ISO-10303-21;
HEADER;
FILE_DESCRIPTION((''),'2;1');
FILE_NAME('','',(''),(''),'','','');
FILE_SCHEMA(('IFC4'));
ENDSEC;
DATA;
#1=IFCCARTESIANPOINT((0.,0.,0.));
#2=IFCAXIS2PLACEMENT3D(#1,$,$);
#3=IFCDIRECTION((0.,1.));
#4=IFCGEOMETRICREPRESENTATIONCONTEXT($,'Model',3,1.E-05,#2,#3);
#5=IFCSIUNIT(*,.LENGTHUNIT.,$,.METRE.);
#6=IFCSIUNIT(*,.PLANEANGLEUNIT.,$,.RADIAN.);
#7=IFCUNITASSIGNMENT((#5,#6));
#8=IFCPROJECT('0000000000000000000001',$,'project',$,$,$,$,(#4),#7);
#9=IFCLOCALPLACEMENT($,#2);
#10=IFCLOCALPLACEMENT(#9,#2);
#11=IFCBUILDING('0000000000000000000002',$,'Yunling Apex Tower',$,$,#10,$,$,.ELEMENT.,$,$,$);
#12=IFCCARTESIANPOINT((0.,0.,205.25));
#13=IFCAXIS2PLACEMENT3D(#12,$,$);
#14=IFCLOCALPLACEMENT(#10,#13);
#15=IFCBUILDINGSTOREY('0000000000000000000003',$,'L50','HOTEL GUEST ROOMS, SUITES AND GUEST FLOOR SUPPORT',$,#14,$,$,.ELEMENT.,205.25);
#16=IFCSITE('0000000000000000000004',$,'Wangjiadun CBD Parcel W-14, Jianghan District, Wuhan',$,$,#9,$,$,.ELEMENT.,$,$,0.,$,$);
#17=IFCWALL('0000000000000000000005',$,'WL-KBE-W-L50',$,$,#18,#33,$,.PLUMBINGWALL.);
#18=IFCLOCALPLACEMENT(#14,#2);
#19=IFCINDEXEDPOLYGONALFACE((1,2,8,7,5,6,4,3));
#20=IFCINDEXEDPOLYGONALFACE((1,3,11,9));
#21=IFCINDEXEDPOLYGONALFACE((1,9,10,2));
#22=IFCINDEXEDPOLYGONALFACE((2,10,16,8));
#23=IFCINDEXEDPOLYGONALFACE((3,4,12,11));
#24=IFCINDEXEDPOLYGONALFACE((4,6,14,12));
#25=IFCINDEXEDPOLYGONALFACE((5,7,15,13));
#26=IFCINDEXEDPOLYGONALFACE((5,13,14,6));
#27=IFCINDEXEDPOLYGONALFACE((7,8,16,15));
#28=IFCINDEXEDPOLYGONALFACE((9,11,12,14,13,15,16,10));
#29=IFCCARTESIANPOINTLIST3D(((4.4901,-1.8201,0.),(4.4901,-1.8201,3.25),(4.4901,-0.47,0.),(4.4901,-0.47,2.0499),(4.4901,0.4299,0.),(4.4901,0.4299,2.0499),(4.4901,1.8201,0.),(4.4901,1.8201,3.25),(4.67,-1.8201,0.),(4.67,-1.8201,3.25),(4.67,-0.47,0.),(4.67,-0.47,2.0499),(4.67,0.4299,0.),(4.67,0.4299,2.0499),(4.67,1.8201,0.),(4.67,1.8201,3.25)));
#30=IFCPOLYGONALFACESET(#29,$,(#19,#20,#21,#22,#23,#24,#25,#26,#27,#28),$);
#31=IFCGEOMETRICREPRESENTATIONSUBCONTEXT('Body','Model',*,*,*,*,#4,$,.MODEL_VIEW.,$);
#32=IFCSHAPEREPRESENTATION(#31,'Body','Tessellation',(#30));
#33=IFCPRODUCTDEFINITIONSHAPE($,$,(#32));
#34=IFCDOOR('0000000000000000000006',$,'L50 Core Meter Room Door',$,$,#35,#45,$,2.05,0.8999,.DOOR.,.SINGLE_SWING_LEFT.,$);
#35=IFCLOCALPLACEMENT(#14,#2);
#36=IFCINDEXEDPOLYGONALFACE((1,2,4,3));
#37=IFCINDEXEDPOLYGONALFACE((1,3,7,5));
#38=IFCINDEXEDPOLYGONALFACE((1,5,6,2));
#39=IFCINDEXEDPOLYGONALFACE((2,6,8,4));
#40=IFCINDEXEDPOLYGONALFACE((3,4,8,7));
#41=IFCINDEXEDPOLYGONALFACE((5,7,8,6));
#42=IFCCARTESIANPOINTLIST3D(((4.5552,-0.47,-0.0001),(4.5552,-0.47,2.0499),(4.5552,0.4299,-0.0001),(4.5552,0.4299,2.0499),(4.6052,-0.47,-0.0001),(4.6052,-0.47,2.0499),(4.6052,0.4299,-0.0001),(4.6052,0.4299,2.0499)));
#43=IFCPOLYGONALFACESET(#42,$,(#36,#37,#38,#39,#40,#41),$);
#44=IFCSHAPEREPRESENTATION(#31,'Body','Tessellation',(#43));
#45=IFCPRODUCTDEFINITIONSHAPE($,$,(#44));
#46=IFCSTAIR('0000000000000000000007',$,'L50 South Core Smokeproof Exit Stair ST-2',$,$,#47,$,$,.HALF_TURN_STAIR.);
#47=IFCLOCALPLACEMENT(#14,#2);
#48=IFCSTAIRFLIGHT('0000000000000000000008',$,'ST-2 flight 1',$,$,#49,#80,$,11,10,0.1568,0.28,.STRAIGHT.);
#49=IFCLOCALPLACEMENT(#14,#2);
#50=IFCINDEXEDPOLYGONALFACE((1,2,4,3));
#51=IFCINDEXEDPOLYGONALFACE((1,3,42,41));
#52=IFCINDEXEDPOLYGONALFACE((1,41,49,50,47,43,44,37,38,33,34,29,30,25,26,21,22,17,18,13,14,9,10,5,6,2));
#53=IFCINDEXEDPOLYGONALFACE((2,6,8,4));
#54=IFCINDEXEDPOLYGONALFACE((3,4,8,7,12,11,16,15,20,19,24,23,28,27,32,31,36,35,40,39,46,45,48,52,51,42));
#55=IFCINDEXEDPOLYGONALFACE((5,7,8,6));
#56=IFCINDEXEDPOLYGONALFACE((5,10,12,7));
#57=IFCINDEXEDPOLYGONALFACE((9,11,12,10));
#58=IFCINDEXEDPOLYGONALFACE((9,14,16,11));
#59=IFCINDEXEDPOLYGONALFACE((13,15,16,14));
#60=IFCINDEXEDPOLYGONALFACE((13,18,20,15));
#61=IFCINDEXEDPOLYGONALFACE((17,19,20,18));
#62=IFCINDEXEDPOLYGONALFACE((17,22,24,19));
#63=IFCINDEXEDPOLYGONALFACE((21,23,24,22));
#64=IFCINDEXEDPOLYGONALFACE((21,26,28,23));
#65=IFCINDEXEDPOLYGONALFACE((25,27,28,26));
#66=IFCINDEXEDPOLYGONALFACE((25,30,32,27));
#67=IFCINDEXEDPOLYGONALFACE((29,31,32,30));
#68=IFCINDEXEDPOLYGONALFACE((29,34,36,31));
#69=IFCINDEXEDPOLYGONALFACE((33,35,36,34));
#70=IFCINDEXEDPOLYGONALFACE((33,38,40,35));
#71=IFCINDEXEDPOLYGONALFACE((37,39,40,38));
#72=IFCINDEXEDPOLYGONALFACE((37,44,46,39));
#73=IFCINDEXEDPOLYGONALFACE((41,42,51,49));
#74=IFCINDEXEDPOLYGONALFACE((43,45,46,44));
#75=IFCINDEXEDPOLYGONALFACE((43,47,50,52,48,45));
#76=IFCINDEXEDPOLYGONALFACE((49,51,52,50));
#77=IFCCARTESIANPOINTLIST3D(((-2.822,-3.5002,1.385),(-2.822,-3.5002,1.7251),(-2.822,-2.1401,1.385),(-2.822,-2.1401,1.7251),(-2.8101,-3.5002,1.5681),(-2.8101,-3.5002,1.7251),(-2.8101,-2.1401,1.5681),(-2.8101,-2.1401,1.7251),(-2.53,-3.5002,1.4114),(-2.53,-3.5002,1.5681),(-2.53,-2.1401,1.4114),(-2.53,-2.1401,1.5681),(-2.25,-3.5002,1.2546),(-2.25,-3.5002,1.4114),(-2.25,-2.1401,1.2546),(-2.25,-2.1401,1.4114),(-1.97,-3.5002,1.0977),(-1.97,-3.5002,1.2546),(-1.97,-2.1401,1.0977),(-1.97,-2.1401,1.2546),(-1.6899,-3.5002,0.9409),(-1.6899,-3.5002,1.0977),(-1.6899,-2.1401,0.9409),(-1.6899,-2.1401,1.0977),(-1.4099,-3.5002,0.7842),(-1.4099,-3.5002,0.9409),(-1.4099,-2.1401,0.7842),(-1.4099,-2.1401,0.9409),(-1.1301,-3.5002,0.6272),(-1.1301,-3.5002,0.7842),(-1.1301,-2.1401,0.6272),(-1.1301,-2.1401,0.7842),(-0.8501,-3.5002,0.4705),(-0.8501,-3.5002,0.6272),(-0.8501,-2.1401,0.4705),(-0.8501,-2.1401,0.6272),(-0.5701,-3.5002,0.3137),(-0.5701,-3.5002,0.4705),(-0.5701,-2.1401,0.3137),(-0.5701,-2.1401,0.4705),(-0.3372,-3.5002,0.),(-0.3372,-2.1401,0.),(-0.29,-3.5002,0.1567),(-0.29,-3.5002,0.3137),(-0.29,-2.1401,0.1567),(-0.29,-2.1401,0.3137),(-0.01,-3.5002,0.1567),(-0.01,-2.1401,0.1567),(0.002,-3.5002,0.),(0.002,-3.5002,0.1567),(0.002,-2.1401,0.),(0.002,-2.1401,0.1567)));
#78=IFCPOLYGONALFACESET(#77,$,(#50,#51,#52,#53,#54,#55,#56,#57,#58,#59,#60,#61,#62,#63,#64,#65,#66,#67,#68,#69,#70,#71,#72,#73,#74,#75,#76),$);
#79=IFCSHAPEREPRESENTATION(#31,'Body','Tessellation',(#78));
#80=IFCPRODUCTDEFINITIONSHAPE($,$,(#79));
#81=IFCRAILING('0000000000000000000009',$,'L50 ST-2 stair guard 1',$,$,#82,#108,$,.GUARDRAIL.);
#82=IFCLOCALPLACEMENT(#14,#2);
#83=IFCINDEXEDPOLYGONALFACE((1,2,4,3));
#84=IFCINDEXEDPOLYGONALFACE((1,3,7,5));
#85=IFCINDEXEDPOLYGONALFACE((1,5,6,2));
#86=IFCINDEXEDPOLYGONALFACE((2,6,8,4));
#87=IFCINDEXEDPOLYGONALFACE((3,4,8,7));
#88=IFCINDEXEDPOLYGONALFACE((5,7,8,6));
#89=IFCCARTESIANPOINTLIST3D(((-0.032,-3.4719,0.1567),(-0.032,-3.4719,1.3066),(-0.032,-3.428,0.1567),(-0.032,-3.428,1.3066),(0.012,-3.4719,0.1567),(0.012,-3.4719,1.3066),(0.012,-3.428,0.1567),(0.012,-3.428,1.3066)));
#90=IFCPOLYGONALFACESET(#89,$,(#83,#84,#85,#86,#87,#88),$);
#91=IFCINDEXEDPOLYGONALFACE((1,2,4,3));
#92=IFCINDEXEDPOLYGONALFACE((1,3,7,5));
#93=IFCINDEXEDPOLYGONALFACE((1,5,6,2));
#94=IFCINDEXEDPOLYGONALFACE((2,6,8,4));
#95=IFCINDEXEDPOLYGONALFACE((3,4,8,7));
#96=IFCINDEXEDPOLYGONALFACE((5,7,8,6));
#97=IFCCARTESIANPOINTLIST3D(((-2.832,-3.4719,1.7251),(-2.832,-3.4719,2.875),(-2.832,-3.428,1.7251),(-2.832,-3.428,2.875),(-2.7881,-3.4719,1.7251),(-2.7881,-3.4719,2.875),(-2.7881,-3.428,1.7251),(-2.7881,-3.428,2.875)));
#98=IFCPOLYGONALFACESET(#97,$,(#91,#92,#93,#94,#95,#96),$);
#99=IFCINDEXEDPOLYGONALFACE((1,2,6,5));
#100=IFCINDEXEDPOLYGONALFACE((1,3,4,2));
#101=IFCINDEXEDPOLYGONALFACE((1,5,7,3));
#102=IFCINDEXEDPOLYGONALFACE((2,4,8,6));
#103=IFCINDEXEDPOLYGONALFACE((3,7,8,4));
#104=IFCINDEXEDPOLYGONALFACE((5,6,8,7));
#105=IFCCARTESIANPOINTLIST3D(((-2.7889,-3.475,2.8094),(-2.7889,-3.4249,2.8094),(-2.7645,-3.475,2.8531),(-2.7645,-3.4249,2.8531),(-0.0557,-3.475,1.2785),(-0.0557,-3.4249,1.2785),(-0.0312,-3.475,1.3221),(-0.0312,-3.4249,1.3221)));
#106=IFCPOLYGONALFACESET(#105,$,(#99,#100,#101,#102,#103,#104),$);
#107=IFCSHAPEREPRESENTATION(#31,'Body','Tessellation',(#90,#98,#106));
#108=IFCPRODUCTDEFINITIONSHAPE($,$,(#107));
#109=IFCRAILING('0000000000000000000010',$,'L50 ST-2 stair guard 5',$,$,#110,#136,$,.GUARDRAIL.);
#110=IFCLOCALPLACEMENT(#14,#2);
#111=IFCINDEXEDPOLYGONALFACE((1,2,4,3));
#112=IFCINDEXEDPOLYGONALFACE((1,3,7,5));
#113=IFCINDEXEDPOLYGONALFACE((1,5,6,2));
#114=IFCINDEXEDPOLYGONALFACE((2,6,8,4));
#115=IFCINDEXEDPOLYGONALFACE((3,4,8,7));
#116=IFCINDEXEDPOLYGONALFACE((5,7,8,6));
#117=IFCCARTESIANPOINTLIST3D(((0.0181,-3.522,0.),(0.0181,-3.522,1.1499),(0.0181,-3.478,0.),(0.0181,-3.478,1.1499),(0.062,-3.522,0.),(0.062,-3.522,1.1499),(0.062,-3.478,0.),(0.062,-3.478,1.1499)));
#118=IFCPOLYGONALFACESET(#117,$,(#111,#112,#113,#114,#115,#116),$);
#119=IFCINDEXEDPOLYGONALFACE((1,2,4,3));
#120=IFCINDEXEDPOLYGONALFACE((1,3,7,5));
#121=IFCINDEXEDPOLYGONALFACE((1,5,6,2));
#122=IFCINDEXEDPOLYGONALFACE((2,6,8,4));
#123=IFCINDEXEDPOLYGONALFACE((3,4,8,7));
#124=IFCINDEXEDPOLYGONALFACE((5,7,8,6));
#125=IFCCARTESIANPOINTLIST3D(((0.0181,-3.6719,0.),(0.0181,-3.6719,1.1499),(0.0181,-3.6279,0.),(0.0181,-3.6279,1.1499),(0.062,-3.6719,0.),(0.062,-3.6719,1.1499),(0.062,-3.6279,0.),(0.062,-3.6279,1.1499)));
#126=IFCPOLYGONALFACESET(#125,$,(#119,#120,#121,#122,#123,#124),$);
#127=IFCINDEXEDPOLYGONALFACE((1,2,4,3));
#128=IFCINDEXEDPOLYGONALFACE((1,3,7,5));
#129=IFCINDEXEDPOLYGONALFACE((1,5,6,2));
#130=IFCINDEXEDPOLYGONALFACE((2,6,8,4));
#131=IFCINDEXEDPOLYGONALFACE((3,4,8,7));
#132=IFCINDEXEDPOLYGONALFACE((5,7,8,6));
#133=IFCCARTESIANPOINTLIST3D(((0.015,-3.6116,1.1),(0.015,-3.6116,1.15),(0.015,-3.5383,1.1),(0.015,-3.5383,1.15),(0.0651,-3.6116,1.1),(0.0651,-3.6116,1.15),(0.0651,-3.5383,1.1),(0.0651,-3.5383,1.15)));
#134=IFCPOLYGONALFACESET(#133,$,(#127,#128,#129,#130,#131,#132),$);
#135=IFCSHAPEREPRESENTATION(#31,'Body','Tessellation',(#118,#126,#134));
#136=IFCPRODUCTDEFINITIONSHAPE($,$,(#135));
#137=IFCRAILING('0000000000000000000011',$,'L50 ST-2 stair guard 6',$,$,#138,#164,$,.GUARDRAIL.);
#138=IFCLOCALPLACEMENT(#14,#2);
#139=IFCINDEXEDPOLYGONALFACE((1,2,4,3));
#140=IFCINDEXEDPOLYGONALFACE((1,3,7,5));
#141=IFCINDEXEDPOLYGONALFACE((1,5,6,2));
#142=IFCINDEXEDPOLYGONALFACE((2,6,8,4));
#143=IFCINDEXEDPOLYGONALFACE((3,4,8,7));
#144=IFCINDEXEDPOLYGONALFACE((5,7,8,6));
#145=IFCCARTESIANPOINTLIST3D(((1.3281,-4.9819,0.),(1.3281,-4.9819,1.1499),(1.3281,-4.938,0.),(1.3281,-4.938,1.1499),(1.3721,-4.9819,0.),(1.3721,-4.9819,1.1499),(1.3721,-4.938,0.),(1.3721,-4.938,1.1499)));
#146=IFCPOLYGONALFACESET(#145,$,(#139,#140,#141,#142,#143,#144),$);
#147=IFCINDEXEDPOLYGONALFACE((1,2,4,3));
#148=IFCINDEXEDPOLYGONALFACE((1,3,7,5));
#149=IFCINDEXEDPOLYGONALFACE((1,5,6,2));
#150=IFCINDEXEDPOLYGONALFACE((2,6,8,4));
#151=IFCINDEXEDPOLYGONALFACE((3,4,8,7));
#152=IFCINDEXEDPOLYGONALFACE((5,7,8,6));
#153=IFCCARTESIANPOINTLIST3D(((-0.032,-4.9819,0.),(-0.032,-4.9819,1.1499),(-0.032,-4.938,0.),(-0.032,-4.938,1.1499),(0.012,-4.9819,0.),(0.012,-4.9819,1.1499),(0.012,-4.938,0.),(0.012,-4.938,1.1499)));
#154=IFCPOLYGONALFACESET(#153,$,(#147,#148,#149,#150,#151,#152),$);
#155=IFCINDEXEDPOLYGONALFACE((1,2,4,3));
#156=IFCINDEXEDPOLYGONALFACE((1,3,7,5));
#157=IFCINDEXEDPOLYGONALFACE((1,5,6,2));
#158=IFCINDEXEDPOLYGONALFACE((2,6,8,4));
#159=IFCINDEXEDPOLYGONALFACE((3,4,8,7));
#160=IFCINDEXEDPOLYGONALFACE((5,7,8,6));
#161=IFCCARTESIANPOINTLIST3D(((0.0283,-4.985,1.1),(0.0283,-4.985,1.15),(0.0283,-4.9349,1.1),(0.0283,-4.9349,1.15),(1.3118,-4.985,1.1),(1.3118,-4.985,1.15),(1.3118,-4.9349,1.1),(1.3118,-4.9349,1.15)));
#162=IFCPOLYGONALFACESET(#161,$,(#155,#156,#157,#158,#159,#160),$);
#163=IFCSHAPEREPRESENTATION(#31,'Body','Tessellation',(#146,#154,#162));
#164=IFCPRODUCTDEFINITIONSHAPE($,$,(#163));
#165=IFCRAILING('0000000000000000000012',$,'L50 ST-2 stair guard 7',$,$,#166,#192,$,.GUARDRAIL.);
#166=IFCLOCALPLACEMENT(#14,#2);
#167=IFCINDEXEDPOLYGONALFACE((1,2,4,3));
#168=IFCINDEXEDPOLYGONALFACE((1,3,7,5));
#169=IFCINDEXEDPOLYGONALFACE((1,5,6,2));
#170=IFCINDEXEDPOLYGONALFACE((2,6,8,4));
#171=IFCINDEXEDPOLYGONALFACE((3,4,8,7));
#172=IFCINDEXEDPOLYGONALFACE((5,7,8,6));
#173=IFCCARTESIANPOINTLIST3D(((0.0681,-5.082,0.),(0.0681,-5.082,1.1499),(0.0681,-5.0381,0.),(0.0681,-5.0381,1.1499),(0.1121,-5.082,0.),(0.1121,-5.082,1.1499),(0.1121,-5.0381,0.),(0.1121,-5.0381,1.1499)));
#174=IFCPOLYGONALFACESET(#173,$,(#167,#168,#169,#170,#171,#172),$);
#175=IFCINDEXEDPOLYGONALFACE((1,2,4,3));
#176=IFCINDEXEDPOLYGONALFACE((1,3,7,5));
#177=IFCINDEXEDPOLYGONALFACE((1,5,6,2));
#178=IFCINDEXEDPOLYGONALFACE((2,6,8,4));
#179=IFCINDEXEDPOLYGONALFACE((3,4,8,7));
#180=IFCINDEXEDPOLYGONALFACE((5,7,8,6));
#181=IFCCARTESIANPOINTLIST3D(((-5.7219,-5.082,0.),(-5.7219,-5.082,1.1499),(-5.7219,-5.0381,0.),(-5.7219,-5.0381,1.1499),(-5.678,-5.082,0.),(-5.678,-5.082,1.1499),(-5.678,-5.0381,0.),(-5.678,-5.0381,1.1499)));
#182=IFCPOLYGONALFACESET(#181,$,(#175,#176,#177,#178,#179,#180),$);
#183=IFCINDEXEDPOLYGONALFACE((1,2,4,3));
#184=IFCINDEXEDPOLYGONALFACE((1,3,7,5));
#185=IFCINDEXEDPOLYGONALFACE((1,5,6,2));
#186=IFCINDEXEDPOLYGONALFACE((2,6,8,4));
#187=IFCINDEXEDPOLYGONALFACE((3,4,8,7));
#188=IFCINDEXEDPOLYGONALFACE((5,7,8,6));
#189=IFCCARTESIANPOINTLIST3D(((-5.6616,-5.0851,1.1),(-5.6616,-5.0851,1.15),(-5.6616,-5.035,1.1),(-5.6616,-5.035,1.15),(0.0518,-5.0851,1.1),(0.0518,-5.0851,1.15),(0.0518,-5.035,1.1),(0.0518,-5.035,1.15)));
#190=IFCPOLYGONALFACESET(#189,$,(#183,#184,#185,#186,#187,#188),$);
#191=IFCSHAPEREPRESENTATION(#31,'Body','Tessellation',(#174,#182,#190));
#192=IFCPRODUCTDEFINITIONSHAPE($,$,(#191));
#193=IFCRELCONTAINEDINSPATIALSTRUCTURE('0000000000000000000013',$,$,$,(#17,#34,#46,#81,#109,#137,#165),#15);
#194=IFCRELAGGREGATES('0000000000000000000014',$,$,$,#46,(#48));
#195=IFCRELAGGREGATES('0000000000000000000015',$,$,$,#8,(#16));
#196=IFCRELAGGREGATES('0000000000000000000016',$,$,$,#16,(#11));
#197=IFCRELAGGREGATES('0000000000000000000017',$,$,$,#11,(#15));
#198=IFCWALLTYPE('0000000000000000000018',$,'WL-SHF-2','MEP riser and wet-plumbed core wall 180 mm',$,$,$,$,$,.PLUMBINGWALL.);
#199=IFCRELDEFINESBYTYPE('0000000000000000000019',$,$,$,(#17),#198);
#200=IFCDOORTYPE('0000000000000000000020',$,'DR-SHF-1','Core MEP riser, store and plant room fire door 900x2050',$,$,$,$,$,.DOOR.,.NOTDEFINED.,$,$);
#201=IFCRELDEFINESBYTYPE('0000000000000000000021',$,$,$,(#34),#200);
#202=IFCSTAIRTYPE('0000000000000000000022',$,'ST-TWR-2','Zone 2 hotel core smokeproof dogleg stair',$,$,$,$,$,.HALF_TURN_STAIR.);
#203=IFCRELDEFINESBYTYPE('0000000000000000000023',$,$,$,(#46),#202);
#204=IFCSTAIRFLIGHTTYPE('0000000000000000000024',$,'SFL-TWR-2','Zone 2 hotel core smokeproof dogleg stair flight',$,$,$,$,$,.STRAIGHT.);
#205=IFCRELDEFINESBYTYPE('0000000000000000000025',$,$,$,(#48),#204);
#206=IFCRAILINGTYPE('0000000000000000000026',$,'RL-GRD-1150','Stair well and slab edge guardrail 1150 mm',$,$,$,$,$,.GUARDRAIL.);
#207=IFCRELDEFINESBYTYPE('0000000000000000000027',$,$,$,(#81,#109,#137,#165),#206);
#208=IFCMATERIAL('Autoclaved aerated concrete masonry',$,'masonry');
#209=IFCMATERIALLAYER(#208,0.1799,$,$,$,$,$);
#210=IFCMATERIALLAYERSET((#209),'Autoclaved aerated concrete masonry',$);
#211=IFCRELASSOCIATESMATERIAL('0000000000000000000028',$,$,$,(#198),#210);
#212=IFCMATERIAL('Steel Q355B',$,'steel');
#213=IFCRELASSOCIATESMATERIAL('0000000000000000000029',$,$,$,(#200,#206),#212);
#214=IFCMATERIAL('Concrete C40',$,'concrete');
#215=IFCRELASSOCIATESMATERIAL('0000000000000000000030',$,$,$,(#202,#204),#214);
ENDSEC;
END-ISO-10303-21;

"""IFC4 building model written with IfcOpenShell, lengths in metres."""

from ifc_helpers import new_model, si_unit, direction, frame, frame_2d, origin, origin_2d, place, context, subcontext, project, spatial, polyline, rectangle, outline, extrude, material, layer, layer_set, type_object, element, fill, aggregate, save


model = new_model("IFC4")

# Units and contexts
model_context = context("Model", 3, precision=1e-05, world=origin(), true_north=direction((0.0, 1.0)))
body_context = subcontext(model_context, "Body", "Model", "MODEL_VIEW")
ifc_project = project(units=[si_unit("LENGTHUNIT", "METRE"), si_unit("PLANEANGLEUNIT", "RADIAN")], contexts=[model_context])

# Site, building, storey
site_placement = place(None, origin())
site = spatial("IfcSite", under=ifc_project, at=site_placement, Name="Wangjiadun CBD Parcel W-14, Jianghan District, Wuhan", CompositionType="ELEMENT", RefElevation=0.0)
building_placement = place(site_placement, origin())
building = spatial("IfcBuilding", under=site, at=building_placement, Name="Yunling Apex Tower", CompositionType="ELEMENT")
storey_placement = place(building_placement, frame((0.0, 0.0, 205.25)))
storey = spatial("IfcBuildingStorey", under=building, at=storey_placement, Name="L50", Description="HOTEL GUEST ROOMS, SUITES AND GUEST FLOOR SUPPORT", CompositionType="ELEMENT", Elevation=205.25)

# Shared definitions
ifc_material_1 = material(Name="Concrete C40", Category="concrete")

# Shared definitions
ifc_material_2 = material(Name="Autoclaved aerated concrete masonry", Category="masonry")
ifc_material_3 = material(Name="Steel Q355B", Category="steel")

# Shared definitions
ifc_layer_1 = layer(ifc_material_2, 0.1799)
ifc_layer_set_1 = layer_set([ifc_layer_1], Name="Autoclaved aerated concrete masonry")
wall_type_1 = type_object("IfcWallType", Name="WL-SHF-2", Description="MEP riser and wet-plumbed core wall 180 mm", PredefinedType="PLUMBINGWALL", material=ifc_layer_set_1)

# Wall, opening, door
wall_1_placement = place(storey_placement, frame((4.5801, -1.8201, 0.0), z_axis=(0.0, 0.0, 1.0), x_axis=(0.0, 1.0, 0.0)))
wall_1 = element("IfcWall", 1, at=wall_1_placement, inside=storey, type_object=wall_type_1, Name="WL-KBE-W-L50", PredefinedType="PLUMBINGWALL", context=body_context, shape_type="SweptSolid", body=[
    extrude(rectangle(XDim=3.6401, YDim=0.1799, at=frame_2d((1.8201, 0.0))), origin(), (0.0, 0.0, 1.0), 3.25),
])
opening_1_placement = place(wall_1_placement, frame((1.3501, 0.0, 0.0)))
opening_1 = element("IfcOpeningElement", 2, at=opening_1_placement, cuts=wall_1, PredefinedType="OPENING", context=body_context, shape_type="SweptSolid", body=[
    extrude(rectangle(XDim=0.8999, YDim=2.05, at=frame_2d((0.45, 1.0249))), frame((0.0, 0.1001, 0.0), z_axis=(0.0, -1.0, 0.0), x_axis=(1.0, 0.0, 0.0)), (0.0, 0.0, 1.0), 0.2),
])
door_type_1 = type_object("IfcDoorType", Name="DR-SHF-1", Description="Core MEP riser, store and plant room fire door 900x2050", OperationType="NOTDEFINED", PredefinedType="DOOR", material=ifc_material_3)
door_1_placement = place(opening_1_placement, origin())
door_1 = element("IfcDoor", 3, at=door_1_placement, inside=storey, type_object=door_type_1, Name="L50 Core Meter Room Door", OperationType="SINGLE_SWING_LEFT", OverallHeight=2.05, OverallWidth=0.8999, PredefinedType="DOOR", context=body_context, shape_type="SweptSolid", body=[
    extrude(rectangle(XDim=0.8999, YDim=2.05, at=frame_2d((0.45, 1.0249))), frame((0.0, 0.0249, 0.0), z_axis=(0.0, -1.0, 0.0), x_axis=(1.0, 0.0, 0.0)), (0.0, 0.0, 1.0), 0.05),
])
fill(opening_1, door_1)

# Stair, stair flight
stair_type = type_object("IfcStairType", Name="ST-TWR-2", Description="Zone 2 hotel core smokeproof dogleg stair", PredefinedType="HALF_TURN_STAIR", material=ifc_material_1)
stair_placement = place(storey_placement, origin())
stair = element("IfcStair", 4, at=stair_placement, inside=storey, type_object=stair_type, Name="L50 South Core Smokeproof Exit Stair ST-2", PredefinedType="HALF_TURN_STAIR")
stair_flight_type = type_object("IfcStairFlightType", Name="SFL-TWR-2", Description="Zone 2 hotel core smokeproof dogleg stair flight", PredefinedType="STRAIGHT", material=ifc_material_1)
stair_flight_placement = place(storey_placement, frame((-0.01, -2.8201, 0.0), z_axis=(0.0, 0.0, 1.0), x_axis=(-1.0, 0.0, 0.0)))
stair_flight = element("IfcStairFlight", 5, at=stair_flight_placement, type_object=stair_flight_type, Name="ST-2 flight 1", NumberOfRisers=11, NumberOfTreads=10, PredefinedType="STRAIGHT", RiserHeight=0.1568, TreadLength=0.28, context=body_context, shape_type="SweptSolid", body=[
    extrude(outline(polyline([(-0.012, 0.0), (-0.012, 0.1567), (0.0, 0.1567), (0.28, 0.1567), (0.28, 0.3137), (0.5601, 0.3137), (0.5601, 0.4705), (0.8401, 0.4705), (0.8401, 0.6272), (1.1201, 0.6272), (1.1201, 0.7842), (1.3999, 0.7842), (1.3999, 0.9409), (1.6799, 0.9409), (1.6799, 1.0977), (1.96, 1.0977), (1.96, 1.2546), (2.24, 1.2546), (2.24, 1.4114), (2.52, 1.4114), (2.52, 1.5681), (2.8, 1.5681), (2.8, 1.7251), (2.812, 1.7251), (2.812, 1.385), (0.3271, 0.0), (-0.012, 0.0)])), frame((0.0, 0.6802, 0.0), z_axis=(0.0, -1.0, 0.0), x_axis=(1.0, 0.0, 0.0)), (0.0, 0.0, 1.0), 1.3601),
])
aggregate(stair, [stair_flight])

# Railings
railing_type_1 = type_object("IfcRailingType", Name="RL-GRD-1150", Description="Stair well and slab edge guardrail 1150 mm", PredefinedType="GUARDRAIL", material=ifc_material_3)
railing_1_placement = place(storey_placement, frame((-0.01, -3.45, 0.1567)))
element("IfcRailing", 6, at=railing_1_placement, inside=storey, type_object=railing_type_1, Name="L50 ST-2 stair guard 1", PredefinedType="GUARDRAIL", context=body_context, shape_type="SweptSolid", body=[
    extrude(rectangle(XDim=0.0439, YDim=0.0439, at=origin_2d()), origin(), (0.0, 0.0, 1.0), 1.1499),
    extrude(rectangle(XDim=0.0439, YDim=0.0439, at=origin_2d()), frame((-2.8, 0.0, 1.5684)), (0.0, 0.0, 1.0), 1.1499),
    extrude(rectangle(XDim=0.05, YDim=0.05, at=origin_2d()), frame((-0.0334, 0.0, 1.1436), z_axis=(-0.872462, 0.0, 0.488682), x_axis=(0.0, -1.0, 0.0)), (0.0, 0.0, 1.0), 3.1328),
])
railing_2_placement = place(storey_placement, frame((0.04, -3.5, 0.0)))
element("IfcRailing", 7, at=railing_2_placement, inside=storey, type_object=railing_type_1, Name="L50 ST-2 stair guard 5", PredefinedType="GUARDRAIL", context=body_context, shape_type="SweptSolid", body=[
    extrude(rectangle(XDim=0.0439, YDim=0.0439, at=origin_2d()), origin(), (0.0, 0.0, 1.0), 1.1499),
    extrude(rectangle(XDim=0.0439, YDim=0.0439, at=origin_2d()), frame((0.0, -0.1499, 0.0)), (0.0, 0.0, 1.0), 1.1499),
    extrude(rectangle(XDim=0.05, YDim=0.05, at=origin_2d()), frame((0.0, -0.0383, 1.125), z_axis=(0.0, -1.0, 0.0), x_axis=(1.0, 0.0, 0.0)), (0.0, 0.0, 1.0), 0.0732),
])
railing_3_placement = place(storey_placement, frame((1.3501, -4.96, 0.0)))
element("IfcRailing", 8, at=railing_3_placement, inside=storey, type_object=railing_type_1, Name="L50 ST-2 stair guard 6", PredefinedType="GUARDRAIL", context=body_context, shape_type="SweptSolid", body=[
    extrude(rectangle(XDim=0.0439, YDim=0.0439, at=origin_2d()), origin(), (0.0, 0.0, 1.0), 1.1499),
    extrude(rectangle(XDim=0.0439, YDim=0.0439, at=origin_2d()), frame((-1.3601, 0.0, 0.0)), (0.0, 0.0, 1.0), 1.1499),
    extrude(rectangle(XDim=0.05, YDim=0.05, at=origin_2d()), frame((-0.0383, 0.0, 1.125), z_axis=(-1.0, 0.0, 0.0), x_axis=(0.0, -1.0, 0.0)), (0.0, 0.0, 1.0), 1.2834),
])
railing_4_placement = place(storey_placement, frame((0.0901, -5.0601, 0.0)))
element("IfcRailing", 9, at=railing_4_placement, inside=storey, type_object=railing_type_1, Name="L50 ST-2 stair guard 7", PredefinedType="GUARDRAIL", context=body_context, shape_type="SweptSolid", body=[
    extrude(rectangle(XDim=0.0439, YDim=0.0439, at=origin_2d()), origin(), (0.0, 0.0, 1.0), 1.1499),
    extrude(rectangle(XDim=0.0439, YDim=0.0439, at=origin_2d()), frame((-5.79, 0.0, 0.0)), (0.0, 0.0, 1.0), 1.1499),
    extrude(rectangle(XDim=0.05, YDim=0.05, at=origin_2d()), frame((-0.0383, 0.0, 1.125), z_axis=(-1.0, 0.0, 0.0), x_axis=(0.0, -1.0, 0.0)), (0.0, 0.0, 1.0), 5.7134),
])

save(model, "model.ifc")
